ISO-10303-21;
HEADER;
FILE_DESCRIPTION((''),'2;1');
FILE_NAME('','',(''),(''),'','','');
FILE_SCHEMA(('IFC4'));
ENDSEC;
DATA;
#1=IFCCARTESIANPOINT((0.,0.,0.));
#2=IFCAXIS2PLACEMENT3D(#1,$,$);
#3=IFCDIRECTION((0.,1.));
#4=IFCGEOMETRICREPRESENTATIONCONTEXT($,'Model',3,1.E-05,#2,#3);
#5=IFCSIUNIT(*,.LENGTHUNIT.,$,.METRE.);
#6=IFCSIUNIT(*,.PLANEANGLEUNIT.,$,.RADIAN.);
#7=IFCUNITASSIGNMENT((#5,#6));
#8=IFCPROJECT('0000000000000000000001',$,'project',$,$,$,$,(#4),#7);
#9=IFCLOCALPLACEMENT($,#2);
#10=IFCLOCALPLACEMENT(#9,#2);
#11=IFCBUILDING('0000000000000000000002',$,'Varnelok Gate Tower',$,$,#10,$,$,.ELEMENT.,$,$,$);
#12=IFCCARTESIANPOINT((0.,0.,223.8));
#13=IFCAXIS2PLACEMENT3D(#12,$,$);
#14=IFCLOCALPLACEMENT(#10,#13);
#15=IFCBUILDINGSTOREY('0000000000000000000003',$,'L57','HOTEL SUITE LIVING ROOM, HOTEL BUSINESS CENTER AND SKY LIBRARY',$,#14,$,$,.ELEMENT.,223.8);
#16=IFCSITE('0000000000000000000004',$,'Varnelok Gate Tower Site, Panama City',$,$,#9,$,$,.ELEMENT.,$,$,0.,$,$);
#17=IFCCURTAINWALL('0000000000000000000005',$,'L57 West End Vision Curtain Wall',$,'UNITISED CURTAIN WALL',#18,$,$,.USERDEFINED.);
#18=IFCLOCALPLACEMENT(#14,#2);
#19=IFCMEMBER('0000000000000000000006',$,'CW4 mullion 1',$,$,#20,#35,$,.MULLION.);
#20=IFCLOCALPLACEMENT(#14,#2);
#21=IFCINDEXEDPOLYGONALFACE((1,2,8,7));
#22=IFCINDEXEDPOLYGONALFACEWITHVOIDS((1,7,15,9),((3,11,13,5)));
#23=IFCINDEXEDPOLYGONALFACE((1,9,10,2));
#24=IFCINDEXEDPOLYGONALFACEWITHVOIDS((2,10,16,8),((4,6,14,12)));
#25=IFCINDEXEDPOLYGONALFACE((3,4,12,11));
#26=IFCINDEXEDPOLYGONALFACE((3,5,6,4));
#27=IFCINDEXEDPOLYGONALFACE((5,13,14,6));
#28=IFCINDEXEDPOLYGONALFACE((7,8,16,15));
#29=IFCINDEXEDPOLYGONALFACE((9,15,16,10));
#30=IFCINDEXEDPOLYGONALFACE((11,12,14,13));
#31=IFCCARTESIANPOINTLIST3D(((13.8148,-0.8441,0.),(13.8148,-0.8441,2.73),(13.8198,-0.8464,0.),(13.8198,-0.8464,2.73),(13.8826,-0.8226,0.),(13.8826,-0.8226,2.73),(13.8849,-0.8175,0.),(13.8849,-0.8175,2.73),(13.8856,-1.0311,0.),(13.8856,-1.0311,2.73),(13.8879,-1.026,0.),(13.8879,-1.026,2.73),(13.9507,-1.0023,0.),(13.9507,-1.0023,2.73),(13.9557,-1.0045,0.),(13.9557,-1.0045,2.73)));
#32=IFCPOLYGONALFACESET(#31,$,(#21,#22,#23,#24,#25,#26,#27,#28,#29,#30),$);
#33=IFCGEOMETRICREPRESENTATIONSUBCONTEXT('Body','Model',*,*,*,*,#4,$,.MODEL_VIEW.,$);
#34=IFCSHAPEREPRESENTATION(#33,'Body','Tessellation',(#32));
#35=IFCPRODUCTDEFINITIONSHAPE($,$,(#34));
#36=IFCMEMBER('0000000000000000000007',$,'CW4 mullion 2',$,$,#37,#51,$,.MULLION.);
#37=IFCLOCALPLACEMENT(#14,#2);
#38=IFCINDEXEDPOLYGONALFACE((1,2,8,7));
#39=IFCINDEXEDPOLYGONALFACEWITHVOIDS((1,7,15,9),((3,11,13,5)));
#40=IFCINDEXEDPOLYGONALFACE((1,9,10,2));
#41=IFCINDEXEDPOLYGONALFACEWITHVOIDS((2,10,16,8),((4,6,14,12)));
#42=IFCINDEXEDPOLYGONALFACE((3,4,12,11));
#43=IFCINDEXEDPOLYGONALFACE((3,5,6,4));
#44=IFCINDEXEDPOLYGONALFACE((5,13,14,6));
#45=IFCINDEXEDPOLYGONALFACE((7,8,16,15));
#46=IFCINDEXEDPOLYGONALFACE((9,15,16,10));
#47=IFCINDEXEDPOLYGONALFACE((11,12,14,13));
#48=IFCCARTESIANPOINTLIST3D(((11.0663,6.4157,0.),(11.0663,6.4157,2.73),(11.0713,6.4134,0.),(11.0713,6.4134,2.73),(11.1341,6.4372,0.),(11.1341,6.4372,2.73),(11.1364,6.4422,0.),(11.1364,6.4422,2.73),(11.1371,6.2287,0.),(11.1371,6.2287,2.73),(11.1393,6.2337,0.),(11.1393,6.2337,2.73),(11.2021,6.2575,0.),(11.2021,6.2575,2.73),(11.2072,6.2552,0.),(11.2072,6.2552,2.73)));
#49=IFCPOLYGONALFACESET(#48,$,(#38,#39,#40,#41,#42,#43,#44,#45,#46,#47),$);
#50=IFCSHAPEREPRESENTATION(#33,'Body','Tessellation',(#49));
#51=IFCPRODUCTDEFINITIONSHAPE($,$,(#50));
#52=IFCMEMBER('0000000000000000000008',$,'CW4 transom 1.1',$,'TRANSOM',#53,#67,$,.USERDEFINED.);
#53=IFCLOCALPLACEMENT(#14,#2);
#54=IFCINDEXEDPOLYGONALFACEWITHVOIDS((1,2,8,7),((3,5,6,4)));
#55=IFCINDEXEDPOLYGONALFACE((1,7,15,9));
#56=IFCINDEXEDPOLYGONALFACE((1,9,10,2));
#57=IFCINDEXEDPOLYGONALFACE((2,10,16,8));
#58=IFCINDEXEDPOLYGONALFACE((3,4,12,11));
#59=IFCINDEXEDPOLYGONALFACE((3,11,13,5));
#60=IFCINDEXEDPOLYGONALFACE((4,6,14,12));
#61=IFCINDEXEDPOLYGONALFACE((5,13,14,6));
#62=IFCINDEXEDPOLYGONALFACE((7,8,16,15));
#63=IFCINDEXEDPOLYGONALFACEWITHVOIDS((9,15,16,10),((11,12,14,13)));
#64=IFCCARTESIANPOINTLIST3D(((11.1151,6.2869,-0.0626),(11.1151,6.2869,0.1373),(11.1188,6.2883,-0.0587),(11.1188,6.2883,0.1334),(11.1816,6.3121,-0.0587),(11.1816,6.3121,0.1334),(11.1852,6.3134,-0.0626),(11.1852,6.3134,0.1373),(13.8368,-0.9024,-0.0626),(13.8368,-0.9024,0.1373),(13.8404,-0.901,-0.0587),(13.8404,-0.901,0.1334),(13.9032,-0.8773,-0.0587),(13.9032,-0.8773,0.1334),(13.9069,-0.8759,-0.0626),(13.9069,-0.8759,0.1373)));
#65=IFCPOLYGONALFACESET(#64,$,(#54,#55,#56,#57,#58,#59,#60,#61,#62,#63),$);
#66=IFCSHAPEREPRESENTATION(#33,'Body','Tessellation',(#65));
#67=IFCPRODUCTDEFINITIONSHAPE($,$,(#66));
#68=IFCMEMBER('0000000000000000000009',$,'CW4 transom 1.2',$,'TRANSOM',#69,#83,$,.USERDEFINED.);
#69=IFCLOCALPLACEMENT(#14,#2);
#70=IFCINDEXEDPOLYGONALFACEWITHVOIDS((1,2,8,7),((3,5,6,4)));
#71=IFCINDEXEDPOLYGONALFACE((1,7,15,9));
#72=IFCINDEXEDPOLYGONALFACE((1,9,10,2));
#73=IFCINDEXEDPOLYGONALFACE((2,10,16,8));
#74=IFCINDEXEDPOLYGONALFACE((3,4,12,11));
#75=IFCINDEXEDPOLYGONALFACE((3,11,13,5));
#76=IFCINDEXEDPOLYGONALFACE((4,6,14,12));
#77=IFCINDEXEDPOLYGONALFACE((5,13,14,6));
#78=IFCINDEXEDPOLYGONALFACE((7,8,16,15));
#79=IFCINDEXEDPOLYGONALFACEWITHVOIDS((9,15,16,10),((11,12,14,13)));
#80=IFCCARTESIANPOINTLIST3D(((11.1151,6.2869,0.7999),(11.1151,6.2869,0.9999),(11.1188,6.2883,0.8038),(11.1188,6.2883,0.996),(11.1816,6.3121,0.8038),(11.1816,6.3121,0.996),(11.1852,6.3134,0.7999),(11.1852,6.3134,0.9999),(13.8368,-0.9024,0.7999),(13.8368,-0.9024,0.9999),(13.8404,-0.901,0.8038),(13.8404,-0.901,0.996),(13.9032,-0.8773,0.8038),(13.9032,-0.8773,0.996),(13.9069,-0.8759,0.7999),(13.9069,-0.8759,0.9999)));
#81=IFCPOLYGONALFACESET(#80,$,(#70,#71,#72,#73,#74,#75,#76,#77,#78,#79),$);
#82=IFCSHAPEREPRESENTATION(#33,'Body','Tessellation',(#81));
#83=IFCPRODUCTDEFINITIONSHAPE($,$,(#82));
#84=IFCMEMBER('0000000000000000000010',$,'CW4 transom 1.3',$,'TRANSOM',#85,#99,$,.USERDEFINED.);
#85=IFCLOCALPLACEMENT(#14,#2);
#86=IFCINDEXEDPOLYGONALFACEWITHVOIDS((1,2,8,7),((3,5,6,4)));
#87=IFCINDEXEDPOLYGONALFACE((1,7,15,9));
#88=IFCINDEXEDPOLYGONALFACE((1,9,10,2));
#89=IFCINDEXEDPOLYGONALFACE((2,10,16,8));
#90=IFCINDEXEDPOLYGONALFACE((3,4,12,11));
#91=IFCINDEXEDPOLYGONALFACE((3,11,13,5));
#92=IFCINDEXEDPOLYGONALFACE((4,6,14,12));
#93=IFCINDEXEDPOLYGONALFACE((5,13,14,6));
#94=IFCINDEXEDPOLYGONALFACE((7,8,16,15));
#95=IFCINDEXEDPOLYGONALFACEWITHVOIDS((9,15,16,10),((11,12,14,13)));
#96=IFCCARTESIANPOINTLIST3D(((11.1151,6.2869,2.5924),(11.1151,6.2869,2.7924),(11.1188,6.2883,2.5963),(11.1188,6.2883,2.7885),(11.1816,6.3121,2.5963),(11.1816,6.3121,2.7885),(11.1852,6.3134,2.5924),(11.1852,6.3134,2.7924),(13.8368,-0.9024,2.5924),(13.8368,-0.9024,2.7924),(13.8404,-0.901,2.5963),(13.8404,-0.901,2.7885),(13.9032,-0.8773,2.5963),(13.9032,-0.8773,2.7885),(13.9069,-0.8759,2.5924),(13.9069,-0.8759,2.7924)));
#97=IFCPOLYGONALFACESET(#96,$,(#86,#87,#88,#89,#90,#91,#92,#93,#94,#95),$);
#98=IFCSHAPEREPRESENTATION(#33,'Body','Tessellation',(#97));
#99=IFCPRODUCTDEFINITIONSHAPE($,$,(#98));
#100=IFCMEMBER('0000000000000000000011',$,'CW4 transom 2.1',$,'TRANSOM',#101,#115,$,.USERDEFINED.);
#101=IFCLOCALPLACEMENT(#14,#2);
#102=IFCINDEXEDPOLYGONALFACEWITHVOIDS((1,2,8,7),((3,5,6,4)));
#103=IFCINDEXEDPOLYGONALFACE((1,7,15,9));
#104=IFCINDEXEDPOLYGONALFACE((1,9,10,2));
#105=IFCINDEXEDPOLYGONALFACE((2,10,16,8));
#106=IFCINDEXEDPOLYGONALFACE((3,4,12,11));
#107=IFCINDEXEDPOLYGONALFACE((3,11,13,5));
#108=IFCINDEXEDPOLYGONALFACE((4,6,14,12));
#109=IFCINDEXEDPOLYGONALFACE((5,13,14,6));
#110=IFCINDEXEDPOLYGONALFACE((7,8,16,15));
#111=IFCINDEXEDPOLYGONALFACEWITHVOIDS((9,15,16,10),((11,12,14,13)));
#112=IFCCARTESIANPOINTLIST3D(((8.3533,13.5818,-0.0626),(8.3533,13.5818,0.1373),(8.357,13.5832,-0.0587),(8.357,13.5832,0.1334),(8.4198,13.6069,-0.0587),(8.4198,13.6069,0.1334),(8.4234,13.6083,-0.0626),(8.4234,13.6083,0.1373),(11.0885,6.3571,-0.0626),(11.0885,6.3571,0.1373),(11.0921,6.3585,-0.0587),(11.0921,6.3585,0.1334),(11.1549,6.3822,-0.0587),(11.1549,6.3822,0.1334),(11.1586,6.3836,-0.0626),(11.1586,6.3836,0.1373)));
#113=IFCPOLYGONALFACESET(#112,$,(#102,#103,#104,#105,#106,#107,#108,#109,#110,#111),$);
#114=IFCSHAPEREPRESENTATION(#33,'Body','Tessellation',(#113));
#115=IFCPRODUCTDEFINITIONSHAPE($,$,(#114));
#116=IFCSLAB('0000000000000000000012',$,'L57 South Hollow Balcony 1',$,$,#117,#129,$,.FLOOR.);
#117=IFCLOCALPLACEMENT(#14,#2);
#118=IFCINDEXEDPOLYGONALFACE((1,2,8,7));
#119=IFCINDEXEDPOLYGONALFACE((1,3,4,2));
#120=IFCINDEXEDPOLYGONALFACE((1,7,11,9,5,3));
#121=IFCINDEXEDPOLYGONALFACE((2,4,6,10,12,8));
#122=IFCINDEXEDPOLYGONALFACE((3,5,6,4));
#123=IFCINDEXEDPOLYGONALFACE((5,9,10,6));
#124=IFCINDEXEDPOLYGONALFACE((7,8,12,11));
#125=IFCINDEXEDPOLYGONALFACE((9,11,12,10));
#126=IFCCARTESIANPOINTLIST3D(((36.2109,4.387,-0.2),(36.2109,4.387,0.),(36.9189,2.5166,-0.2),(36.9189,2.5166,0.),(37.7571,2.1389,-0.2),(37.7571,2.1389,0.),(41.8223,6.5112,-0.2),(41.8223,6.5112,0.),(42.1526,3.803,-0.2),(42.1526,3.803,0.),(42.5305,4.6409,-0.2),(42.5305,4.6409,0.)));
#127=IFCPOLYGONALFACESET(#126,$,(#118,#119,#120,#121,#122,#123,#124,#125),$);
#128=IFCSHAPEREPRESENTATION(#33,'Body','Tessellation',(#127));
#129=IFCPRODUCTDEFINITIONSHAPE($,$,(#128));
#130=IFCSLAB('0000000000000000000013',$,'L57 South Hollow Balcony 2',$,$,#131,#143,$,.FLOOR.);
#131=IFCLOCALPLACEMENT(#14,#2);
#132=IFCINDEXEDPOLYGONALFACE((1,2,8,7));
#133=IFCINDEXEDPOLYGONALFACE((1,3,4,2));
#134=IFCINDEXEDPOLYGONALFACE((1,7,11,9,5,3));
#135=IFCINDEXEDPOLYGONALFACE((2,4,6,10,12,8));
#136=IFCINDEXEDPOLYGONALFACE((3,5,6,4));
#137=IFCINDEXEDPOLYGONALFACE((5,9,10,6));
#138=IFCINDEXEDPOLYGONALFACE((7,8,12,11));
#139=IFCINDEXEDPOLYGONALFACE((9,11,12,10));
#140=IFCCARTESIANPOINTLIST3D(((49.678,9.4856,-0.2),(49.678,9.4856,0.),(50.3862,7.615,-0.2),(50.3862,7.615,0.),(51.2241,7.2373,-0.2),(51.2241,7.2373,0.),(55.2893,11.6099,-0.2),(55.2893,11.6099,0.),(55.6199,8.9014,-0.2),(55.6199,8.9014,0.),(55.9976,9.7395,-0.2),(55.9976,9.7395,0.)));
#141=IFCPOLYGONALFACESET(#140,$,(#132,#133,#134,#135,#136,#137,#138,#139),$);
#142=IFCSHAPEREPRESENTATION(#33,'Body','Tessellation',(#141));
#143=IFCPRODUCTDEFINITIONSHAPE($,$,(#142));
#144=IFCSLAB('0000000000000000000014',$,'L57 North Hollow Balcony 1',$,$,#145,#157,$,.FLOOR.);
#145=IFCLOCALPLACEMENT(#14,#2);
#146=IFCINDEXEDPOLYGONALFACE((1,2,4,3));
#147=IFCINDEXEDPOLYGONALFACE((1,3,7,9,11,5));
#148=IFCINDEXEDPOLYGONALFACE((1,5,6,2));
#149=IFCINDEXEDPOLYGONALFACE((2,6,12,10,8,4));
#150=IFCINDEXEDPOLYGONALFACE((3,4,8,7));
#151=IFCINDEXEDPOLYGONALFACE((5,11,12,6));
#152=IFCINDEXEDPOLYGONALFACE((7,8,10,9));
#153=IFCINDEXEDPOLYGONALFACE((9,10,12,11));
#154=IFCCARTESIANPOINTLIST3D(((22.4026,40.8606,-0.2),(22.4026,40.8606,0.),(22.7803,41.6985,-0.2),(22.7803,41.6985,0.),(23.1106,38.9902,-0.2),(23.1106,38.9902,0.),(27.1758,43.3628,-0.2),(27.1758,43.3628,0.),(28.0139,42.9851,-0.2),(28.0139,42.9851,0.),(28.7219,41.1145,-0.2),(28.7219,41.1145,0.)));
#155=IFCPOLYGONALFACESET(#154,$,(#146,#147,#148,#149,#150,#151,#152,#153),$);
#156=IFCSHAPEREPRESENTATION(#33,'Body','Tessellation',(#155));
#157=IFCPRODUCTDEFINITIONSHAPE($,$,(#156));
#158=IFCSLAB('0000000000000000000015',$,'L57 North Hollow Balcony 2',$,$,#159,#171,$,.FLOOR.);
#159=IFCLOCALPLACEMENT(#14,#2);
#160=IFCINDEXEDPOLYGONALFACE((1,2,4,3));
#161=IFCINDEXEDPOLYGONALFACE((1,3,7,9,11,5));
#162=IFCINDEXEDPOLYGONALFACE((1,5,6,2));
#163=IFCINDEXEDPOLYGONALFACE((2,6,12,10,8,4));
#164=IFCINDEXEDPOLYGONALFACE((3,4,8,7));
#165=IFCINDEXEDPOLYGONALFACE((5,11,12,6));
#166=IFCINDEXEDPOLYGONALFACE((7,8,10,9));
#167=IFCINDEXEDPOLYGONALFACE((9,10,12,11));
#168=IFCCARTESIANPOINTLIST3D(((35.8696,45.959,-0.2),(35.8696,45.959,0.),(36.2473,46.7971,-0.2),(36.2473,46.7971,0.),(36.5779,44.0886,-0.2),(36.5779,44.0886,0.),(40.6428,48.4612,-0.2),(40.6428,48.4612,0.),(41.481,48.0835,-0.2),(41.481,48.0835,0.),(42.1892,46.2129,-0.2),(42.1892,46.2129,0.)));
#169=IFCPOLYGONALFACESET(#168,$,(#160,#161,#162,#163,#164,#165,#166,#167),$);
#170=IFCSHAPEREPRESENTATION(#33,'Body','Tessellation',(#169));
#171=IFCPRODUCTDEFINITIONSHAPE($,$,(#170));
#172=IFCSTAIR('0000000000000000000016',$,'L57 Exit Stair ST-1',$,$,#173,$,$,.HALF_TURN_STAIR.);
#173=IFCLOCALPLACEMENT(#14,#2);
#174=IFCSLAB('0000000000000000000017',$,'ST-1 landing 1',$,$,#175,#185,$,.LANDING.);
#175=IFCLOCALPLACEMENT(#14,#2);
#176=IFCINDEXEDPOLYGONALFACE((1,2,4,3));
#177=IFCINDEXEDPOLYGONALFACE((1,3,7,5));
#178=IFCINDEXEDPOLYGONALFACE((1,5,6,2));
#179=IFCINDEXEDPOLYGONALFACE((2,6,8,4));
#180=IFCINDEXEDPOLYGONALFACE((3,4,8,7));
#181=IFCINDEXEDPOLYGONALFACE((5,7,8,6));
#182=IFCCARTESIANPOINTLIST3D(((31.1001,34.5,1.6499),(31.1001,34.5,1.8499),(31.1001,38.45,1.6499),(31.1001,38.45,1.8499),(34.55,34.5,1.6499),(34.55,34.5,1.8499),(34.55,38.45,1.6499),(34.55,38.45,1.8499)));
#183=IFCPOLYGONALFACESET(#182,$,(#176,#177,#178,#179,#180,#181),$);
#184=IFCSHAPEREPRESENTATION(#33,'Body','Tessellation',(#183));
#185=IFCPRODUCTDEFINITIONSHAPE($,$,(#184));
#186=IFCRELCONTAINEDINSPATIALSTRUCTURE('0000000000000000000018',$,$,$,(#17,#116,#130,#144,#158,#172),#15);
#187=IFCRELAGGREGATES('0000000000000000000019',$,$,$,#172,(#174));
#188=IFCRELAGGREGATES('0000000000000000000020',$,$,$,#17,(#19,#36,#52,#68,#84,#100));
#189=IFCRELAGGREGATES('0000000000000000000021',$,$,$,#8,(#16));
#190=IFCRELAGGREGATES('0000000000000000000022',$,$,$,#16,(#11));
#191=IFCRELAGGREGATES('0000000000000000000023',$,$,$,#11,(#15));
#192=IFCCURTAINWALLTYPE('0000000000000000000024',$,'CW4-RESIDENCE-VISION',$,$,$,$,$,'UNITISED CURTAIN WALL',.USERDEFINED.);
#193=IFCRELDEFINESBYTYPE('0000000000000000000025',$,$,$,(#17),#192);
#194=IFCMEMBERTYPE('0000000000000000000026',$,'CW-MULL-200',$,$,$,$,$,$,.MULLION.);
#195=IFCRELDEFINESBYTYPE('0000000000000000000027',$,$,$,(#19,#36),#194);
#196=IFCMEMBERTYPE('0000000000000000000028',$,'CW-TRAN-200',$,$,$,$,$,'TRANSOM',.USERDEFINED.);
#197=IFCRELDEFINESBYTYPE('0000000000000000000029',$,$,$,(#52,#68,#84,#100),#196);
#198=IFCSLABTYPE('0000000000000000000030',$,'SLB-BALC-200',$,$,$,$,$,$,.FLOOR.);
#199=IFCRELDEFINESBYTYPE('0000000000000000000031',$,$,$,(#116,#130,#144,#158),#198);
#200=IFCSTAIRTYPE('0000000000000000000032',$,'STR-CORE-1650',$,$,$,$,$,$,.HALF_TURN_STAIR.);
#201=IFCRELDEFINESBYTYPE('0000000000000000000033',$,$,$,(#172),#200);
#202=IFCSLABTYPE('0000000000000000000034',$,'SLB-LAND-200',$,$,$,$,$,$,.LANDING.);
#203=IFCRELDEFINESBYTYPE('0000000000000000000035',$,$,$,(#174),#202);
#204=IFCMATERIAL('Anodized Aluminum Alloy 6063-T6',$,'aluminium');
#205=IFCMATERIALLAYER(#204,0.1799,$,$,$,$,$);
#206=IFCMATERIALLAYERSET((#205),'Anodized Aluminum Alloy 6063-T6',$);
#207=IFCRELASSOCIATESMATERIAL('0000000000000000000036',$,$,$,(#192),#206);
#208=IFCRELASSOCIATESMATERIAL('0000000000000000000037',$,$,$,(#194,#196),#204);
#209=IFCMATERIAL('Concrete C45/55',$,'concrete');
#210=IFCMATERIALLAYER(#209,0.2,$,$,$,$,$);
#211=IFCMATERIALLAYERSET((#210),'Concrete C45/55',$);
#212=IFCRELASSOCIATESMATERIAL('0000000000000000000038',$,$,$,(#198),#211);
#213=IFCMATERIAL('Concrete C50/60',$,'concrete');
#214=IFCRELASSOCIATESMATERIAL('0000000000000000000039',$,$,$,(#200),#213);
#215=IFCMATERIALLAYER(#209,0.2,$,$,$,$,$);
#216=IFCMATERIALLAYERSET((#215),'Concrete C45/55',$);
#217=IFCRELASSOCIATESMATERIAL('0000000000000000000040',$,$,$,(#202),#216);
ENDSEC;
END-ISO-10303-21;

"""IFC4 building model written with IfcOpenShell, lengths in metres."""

from ifc_helpers import new_model, si_unit, direction, frame, origin, origin_2d, place, context, subcontext, project, spatial, polyline, hollow_rectangle, outline, extrude, material, layer, layer_set, material_profile, profile_set, type_object, element, aggregate, save


model = new_model("IFC4")

# Units and contexts
model_context = context("Model", 3, precision=1e-05, world=origin(), true_north=direction((0.0, 1.0)))
body_context = subcontext(model_context, "Body", "Model", "MODEL_VIEW")
ifc_project = project(units=[si_unit("LENGTHUNIT", "METRE"), si_unit("PLANEANGLEUNIT", "RADIAN")], contexts=[model_context])

# Site, building, storey
site_placement = place(None, origin())
site = spatial("IfcSite", under=ifc_project, at=site_placement, Name="Varnelok Gate Tower Site, Panama City", CompositionType="ELEMENT", RefElevation=0.0)
building_placement = place(site_placement, origin())
building = spatial("IfcBuilding", under=site, at=building_placement, Name="Varnelok Gate Tower", CompositionType="ELEMENT")
storey_placement = place(building_placement, frame((0.0, 0.0, 223.8)))
storey = spatial("IfcBuildingStorey", under=building, at=storey_placement, Name="L57", Description="HOTEL SUITE LIVING ROOM, HOTEL BUSINESS CENTER AND SKY LIBRARY", CompositionType="ELEMENT", Elevation=223.8)

# Curtain wall, members
ifc_material_1 = material(Name="Anodized Aluminum Alloy 6063-T6", Category="aluminium")
ifc_layer_1 = layer(ifc_material_1, 0.1799)
ifc_layer_set_1 = layer_set([ifc_layer_1], Name="Anodized Aluminum Alloy 6063-T6")
curtain_wall_type = type_object("IfcCurtainWallType", Name="CW4-RESIDENCE-VISION", ElementType="UNITISED CURTAIN WALL", PredefinedType="USERDEFINED", material=ifc_layer_set_1)
curtain_wall_placement = place(storey_placement, origin())
curtain_wall = element("IfcCurtainWall", 1, at=curtain_wall_placement, inside=storey, type_object=curtain_wall_type, Name="L57 West End Vision Curtain Wall", ObjectType="UNITISED CURTAIN WALL", PredefinedType="USERDEFINED")
ifc_material_profile_1 = material_profile(ifc_material_1, hollow_rectangle(XDim=0.075, YDim=0.2, WallThickness=0.0039, at=origin_2d()), Name="ALU200X75X4")
ifc_profile_set_1 = profile_set([ifc_material_profile_1], Name="Anodized Aluminum Alloy 6063-T6")
member_type_1 = type_object("IfcMemberType", Name="CW-MULL-200", PredefinedType="MULLION", material=ifc_profile_set_1)
member_1_placement = place(storey_placement, frame((13.8853, -0.9243, 0.0), z_axis=(0.0, 0.0, 1.0), x_axis=(-0.935222, -0.354063, 0.0)))
member_1 = element("IfcMember", 2, at=member_1_placement, type_object=member_type_1, Name="CW4 mullion 1", PredefinedType="MULLION", context=body_context, shape_type="SweptSolid", body=[
    extrude(hollow_rectangle(XDim=0.075, YDim=0.2, WallThickness=0.0039, at=origin_2d()), origin(), (0.0, 0.0, 1.0), 2.73),
])
member_2_placement = place(storey_placement, frame((11.1367, 6.3354, 0.0), z_axis=(0.0, 0.0, 1.0), x_axis=(-0.935222, -0.354063, 0.0)))
member_2 = element("IfcMember", 3, at=member_2_placement, type_object=member_type_1, Name="CW4 mullion 2", PredefinedType="MULLION", context=body_context, shape_type="SweptSolid", body=[
    extrude(hollow_rectangle(XDim=0.075, YDim=0.2, WallThickness=0.0039, at=origin_2d()), origin(), (0.0, 0.0, 1.0), 2.73),
])
ifc_material_profile_2 = material_profile(ifc_material_1, hollow_rectangle(XDim=0.075, YDim=0.2, WallThickness=0.0039, at=origin_2d()), Name="ALU200X75X4")
ifc_profile_set_2 = profile_set([ifc_material_profile_2], Name="Anodized Aluminum Alloy 6063-T6")
member_type_2 = type_object("IfcMemberType", Name="CW-TRAN-200", ElementType="TRANSOM", PredefinedType="USERDEFINED", material=ifc_profile_set_2)
member_3_placement = place(storey_placement, frame((13.8718, -0.8892, 0.0374), z_axis=(-0.354045, 0.935228, 0.0), x_axis=(-0.935228, -0.354045, 0.0)))
member_3 = element("IfcMember", 4, at=member_3_placement, type_object=member_type_2, Name="CW4 transom 1.1", ObjectType="TRANSOM", PredefinedType="USERDEFINED", context=body_context, shape_type="SweptSolid", body=[
    extrude(hollow_rectangle(XDim=0.075, YDim=0.2, WallThickness=0.0039, at=origin_2d()), origin(), (0.0, 0.0, 1.0), 7.6873),
])
member_4_placement = place(storey_placement, frame((13.8718, -0.8892, 0.8999), z_axis=(-0.354045, 0.935228, 0.0), x_axis=(-0.935228, -0.354045, 0.0)))
member_4 = element("IfcMember", 5, at=member_4_placement, type_object=member_type_2, Name="CW4 transom 1.2", ObjectType="TRANSOM", PredefinedType="USERDEFINED", context=body_context, shape_type="SweptSolid", body=[
    extrude(hollow_rectangle(XDim=0.075, YDim=0.2, WallThickness=0.0039, at=origin_2d()), origin(), (0.0, 0.0, 1.0), 7.6873),
])
member_5_placement = place(storey_placement, frame((13.8718, -0.8892, 2.6924), z_axis=(-0.354045, 0.935228, 0.0), x_axis=(-0.935228, -0.354045, 0.0)))
member_5 = element("IfcMember", 6, at=member_5_placement, type_object=member_type_2, Name="CW4 transom 1.3", ObjectType="TRANSOM", PredefinedType="USERDEFINED", context=body_context, shape_type="SweptSolid", body=[
    extrude(hollow_rectangle(XDim=0.075, YDim=0.2, WallThickness=0.0039, at=origin_2d()), origin(), (0.0, 0.0, 1.0), 7.6873),
])
member_6_placement = place(storey_placement, frame((11.1235, 6.3704, 0.0374), z_axis=(-0.354059, 0.935223, 0.0), x_axis=(-0.935223, -0.354059, 0.0)))
member_6 = element("IfcMember", 7, at=member_6_placement, type_object=member_type_2, Name="CW4 transom 2.1", ObjectType="TRANSOM", PredefinedType="USERDEFINED", context=body_context, shape_type="SweptSolid", body=[
    extrude(hollow_rectangle(XDim=0.075, YDim=0.2, WallThickness=0.0039, at=origin_2d()), origin(), (0.0, 0.0, 1.0), 7.7251),
])

# Slabs
ifc_material_2 = material(Name="Concrete C45/55", Category="concrete")
ifc_layer_2 = layer(ifc_material_2, 0.2)
ifc_layer_set_2 = layer_set([ifc_layer_2], Name="Concrete C45/55")
slab_type_1 = type_object("IfcSlabType", Name="SLB-BALC-200", PredefinedType="FLOOR", material=ifc_layer_set_2)
slab_1_placement = place(storey_placement, frame((0.0, 0.0, -0.2)))
element("IfcSlab", 8, at=slab_1_placement, inside=storey, type_object=slab_type_1, Name="L57 South Hollow Balcony 1", PredefinedType="FLOOR", context=body_context, shape_type="SweptSolid", body=[
    extrude(outline(polyline([(36.9189, 2.5166), (37.7571, 2.1389), (42.1526, 3.803), (42.5305, 4.6409), (41.8223, 6.5112), (36.2109, 4.387), (36.9189, 2.5166)])), origin(), (0.0, 0.0, 1.0), 0.2),
])
slab_2_placement = place(storey_placement, frame((0.0, 0.0, -0.2)))
element("IfcSlab", 9, at=slab_2_placement, inside=storey, type_object=slab_type_1, Name="L57 South Hollow Balcony 2", PredefinedType="FLOOR", context=body_context, shape_type="SweptSolid", body=[
    extrude(outline(polyline([(50.3862, 7.615), (51.2241, 7.2373), (55.6199, 8.9014), (55.9976, 9.7395), (55.2893, 11.6099), (49.678, 9.4856), (50.3862, 7.615)])), origin(), (0.0, 0.0, 1.0), 0.2),
])
slab_3_placement = place(storey_placement, frame((0.0, 0.0, -0.2)))
element("IfcSlab", 10, at=slab_3_placement, inside=storey, type_object=slab_type_1, Name="L57 North Hollow Balcony 1", PredefinedType="FLOOR", context=body_context, shape_type="SweptSolid", body=[
    extrude(outline(polyline([(23.1106, 38.9902), (28.7219, 41.1145), (28.0139, 42.9851), (27.1758, 43.3628), (22.7803, 41.6985), (22.4026, 40.8606), (23.1106, 38.9902)])), origin(), (0.0, 0.0, 1.0), 0.2),
])
slab_4_placement = place(storey_placement, frame((0.0, 0.0, -0.2)))
element("IfcSlab", 11, at=slab_4_placement, inside=storey, type_object=slab_type_1, Name="L57 North Hollow Balcony 2", PredefinedType="FLOOR", context=body_context, shape_type="SweptSolid", body=[
    extrude(outline(polyline([(36.5779, 44.0886), (42.1892, 46.2129), (41.481, 48.0835), (40.6428, 48.4612), (36.2473, 46.7971), (35.8696, 45.959), (36.5779, 44.0886)])), origin(), (0.0, 0.0, 1.0), 0.2),
])

# Stair, slab
ifc_material_3 = material(Name="Concrete C50/60", Category="concrete")
stair_type = type_object("IfcStairType", Name="STR-CORE-1650", PredefinedType="HALF_TURN_STAIR", material=ifc_material_3)
stair_1_placement = place(storey_placement, origin())
stair_1 = element("IfcStair", 12, at=stair_1_placement, inside=storey, type_object=stair_type, Name="L57 Exit Stair ST-1", PredefinedType="HALF_TURN_STAIR")
ifc_layer_3 = layer(ifc_material_2, 0.2)
ifc_layer_set_3 = layer_set([ifc_layer_3], Name="Concrete C45/55")
slab_type_2 = type_object("IfcSlabType", Name="SLB-LAND-200", PredefinedType="LANDING", material=ifc_layer_set_3)
slab_5_placement = place(storey_placement, frame((0.0, 0.0, 1.6499)))
slab_5 = element("IfcSlab", 13, at=slab_5_placement, type_object=slab_type_2, Name="ST-1 landing 1", PredefinedType="LANDING", context=body_context, shape_type="SweptSolid", body=[
    extrude(outline(polyline([(34.55, 34.5), (34.55, 38.45), (31.1001, 38.45), (31.1001, 34.5), (34.55, 34.5)])), origin(), (0.0, 0.0, 1.0), 0.2),
])
aggregate(stair_1, [slab_5])

aggregate(curtain_wall, [member_1, member_2, member_3, member_4, member_5, member_6])

save(model, "model.ifc")
